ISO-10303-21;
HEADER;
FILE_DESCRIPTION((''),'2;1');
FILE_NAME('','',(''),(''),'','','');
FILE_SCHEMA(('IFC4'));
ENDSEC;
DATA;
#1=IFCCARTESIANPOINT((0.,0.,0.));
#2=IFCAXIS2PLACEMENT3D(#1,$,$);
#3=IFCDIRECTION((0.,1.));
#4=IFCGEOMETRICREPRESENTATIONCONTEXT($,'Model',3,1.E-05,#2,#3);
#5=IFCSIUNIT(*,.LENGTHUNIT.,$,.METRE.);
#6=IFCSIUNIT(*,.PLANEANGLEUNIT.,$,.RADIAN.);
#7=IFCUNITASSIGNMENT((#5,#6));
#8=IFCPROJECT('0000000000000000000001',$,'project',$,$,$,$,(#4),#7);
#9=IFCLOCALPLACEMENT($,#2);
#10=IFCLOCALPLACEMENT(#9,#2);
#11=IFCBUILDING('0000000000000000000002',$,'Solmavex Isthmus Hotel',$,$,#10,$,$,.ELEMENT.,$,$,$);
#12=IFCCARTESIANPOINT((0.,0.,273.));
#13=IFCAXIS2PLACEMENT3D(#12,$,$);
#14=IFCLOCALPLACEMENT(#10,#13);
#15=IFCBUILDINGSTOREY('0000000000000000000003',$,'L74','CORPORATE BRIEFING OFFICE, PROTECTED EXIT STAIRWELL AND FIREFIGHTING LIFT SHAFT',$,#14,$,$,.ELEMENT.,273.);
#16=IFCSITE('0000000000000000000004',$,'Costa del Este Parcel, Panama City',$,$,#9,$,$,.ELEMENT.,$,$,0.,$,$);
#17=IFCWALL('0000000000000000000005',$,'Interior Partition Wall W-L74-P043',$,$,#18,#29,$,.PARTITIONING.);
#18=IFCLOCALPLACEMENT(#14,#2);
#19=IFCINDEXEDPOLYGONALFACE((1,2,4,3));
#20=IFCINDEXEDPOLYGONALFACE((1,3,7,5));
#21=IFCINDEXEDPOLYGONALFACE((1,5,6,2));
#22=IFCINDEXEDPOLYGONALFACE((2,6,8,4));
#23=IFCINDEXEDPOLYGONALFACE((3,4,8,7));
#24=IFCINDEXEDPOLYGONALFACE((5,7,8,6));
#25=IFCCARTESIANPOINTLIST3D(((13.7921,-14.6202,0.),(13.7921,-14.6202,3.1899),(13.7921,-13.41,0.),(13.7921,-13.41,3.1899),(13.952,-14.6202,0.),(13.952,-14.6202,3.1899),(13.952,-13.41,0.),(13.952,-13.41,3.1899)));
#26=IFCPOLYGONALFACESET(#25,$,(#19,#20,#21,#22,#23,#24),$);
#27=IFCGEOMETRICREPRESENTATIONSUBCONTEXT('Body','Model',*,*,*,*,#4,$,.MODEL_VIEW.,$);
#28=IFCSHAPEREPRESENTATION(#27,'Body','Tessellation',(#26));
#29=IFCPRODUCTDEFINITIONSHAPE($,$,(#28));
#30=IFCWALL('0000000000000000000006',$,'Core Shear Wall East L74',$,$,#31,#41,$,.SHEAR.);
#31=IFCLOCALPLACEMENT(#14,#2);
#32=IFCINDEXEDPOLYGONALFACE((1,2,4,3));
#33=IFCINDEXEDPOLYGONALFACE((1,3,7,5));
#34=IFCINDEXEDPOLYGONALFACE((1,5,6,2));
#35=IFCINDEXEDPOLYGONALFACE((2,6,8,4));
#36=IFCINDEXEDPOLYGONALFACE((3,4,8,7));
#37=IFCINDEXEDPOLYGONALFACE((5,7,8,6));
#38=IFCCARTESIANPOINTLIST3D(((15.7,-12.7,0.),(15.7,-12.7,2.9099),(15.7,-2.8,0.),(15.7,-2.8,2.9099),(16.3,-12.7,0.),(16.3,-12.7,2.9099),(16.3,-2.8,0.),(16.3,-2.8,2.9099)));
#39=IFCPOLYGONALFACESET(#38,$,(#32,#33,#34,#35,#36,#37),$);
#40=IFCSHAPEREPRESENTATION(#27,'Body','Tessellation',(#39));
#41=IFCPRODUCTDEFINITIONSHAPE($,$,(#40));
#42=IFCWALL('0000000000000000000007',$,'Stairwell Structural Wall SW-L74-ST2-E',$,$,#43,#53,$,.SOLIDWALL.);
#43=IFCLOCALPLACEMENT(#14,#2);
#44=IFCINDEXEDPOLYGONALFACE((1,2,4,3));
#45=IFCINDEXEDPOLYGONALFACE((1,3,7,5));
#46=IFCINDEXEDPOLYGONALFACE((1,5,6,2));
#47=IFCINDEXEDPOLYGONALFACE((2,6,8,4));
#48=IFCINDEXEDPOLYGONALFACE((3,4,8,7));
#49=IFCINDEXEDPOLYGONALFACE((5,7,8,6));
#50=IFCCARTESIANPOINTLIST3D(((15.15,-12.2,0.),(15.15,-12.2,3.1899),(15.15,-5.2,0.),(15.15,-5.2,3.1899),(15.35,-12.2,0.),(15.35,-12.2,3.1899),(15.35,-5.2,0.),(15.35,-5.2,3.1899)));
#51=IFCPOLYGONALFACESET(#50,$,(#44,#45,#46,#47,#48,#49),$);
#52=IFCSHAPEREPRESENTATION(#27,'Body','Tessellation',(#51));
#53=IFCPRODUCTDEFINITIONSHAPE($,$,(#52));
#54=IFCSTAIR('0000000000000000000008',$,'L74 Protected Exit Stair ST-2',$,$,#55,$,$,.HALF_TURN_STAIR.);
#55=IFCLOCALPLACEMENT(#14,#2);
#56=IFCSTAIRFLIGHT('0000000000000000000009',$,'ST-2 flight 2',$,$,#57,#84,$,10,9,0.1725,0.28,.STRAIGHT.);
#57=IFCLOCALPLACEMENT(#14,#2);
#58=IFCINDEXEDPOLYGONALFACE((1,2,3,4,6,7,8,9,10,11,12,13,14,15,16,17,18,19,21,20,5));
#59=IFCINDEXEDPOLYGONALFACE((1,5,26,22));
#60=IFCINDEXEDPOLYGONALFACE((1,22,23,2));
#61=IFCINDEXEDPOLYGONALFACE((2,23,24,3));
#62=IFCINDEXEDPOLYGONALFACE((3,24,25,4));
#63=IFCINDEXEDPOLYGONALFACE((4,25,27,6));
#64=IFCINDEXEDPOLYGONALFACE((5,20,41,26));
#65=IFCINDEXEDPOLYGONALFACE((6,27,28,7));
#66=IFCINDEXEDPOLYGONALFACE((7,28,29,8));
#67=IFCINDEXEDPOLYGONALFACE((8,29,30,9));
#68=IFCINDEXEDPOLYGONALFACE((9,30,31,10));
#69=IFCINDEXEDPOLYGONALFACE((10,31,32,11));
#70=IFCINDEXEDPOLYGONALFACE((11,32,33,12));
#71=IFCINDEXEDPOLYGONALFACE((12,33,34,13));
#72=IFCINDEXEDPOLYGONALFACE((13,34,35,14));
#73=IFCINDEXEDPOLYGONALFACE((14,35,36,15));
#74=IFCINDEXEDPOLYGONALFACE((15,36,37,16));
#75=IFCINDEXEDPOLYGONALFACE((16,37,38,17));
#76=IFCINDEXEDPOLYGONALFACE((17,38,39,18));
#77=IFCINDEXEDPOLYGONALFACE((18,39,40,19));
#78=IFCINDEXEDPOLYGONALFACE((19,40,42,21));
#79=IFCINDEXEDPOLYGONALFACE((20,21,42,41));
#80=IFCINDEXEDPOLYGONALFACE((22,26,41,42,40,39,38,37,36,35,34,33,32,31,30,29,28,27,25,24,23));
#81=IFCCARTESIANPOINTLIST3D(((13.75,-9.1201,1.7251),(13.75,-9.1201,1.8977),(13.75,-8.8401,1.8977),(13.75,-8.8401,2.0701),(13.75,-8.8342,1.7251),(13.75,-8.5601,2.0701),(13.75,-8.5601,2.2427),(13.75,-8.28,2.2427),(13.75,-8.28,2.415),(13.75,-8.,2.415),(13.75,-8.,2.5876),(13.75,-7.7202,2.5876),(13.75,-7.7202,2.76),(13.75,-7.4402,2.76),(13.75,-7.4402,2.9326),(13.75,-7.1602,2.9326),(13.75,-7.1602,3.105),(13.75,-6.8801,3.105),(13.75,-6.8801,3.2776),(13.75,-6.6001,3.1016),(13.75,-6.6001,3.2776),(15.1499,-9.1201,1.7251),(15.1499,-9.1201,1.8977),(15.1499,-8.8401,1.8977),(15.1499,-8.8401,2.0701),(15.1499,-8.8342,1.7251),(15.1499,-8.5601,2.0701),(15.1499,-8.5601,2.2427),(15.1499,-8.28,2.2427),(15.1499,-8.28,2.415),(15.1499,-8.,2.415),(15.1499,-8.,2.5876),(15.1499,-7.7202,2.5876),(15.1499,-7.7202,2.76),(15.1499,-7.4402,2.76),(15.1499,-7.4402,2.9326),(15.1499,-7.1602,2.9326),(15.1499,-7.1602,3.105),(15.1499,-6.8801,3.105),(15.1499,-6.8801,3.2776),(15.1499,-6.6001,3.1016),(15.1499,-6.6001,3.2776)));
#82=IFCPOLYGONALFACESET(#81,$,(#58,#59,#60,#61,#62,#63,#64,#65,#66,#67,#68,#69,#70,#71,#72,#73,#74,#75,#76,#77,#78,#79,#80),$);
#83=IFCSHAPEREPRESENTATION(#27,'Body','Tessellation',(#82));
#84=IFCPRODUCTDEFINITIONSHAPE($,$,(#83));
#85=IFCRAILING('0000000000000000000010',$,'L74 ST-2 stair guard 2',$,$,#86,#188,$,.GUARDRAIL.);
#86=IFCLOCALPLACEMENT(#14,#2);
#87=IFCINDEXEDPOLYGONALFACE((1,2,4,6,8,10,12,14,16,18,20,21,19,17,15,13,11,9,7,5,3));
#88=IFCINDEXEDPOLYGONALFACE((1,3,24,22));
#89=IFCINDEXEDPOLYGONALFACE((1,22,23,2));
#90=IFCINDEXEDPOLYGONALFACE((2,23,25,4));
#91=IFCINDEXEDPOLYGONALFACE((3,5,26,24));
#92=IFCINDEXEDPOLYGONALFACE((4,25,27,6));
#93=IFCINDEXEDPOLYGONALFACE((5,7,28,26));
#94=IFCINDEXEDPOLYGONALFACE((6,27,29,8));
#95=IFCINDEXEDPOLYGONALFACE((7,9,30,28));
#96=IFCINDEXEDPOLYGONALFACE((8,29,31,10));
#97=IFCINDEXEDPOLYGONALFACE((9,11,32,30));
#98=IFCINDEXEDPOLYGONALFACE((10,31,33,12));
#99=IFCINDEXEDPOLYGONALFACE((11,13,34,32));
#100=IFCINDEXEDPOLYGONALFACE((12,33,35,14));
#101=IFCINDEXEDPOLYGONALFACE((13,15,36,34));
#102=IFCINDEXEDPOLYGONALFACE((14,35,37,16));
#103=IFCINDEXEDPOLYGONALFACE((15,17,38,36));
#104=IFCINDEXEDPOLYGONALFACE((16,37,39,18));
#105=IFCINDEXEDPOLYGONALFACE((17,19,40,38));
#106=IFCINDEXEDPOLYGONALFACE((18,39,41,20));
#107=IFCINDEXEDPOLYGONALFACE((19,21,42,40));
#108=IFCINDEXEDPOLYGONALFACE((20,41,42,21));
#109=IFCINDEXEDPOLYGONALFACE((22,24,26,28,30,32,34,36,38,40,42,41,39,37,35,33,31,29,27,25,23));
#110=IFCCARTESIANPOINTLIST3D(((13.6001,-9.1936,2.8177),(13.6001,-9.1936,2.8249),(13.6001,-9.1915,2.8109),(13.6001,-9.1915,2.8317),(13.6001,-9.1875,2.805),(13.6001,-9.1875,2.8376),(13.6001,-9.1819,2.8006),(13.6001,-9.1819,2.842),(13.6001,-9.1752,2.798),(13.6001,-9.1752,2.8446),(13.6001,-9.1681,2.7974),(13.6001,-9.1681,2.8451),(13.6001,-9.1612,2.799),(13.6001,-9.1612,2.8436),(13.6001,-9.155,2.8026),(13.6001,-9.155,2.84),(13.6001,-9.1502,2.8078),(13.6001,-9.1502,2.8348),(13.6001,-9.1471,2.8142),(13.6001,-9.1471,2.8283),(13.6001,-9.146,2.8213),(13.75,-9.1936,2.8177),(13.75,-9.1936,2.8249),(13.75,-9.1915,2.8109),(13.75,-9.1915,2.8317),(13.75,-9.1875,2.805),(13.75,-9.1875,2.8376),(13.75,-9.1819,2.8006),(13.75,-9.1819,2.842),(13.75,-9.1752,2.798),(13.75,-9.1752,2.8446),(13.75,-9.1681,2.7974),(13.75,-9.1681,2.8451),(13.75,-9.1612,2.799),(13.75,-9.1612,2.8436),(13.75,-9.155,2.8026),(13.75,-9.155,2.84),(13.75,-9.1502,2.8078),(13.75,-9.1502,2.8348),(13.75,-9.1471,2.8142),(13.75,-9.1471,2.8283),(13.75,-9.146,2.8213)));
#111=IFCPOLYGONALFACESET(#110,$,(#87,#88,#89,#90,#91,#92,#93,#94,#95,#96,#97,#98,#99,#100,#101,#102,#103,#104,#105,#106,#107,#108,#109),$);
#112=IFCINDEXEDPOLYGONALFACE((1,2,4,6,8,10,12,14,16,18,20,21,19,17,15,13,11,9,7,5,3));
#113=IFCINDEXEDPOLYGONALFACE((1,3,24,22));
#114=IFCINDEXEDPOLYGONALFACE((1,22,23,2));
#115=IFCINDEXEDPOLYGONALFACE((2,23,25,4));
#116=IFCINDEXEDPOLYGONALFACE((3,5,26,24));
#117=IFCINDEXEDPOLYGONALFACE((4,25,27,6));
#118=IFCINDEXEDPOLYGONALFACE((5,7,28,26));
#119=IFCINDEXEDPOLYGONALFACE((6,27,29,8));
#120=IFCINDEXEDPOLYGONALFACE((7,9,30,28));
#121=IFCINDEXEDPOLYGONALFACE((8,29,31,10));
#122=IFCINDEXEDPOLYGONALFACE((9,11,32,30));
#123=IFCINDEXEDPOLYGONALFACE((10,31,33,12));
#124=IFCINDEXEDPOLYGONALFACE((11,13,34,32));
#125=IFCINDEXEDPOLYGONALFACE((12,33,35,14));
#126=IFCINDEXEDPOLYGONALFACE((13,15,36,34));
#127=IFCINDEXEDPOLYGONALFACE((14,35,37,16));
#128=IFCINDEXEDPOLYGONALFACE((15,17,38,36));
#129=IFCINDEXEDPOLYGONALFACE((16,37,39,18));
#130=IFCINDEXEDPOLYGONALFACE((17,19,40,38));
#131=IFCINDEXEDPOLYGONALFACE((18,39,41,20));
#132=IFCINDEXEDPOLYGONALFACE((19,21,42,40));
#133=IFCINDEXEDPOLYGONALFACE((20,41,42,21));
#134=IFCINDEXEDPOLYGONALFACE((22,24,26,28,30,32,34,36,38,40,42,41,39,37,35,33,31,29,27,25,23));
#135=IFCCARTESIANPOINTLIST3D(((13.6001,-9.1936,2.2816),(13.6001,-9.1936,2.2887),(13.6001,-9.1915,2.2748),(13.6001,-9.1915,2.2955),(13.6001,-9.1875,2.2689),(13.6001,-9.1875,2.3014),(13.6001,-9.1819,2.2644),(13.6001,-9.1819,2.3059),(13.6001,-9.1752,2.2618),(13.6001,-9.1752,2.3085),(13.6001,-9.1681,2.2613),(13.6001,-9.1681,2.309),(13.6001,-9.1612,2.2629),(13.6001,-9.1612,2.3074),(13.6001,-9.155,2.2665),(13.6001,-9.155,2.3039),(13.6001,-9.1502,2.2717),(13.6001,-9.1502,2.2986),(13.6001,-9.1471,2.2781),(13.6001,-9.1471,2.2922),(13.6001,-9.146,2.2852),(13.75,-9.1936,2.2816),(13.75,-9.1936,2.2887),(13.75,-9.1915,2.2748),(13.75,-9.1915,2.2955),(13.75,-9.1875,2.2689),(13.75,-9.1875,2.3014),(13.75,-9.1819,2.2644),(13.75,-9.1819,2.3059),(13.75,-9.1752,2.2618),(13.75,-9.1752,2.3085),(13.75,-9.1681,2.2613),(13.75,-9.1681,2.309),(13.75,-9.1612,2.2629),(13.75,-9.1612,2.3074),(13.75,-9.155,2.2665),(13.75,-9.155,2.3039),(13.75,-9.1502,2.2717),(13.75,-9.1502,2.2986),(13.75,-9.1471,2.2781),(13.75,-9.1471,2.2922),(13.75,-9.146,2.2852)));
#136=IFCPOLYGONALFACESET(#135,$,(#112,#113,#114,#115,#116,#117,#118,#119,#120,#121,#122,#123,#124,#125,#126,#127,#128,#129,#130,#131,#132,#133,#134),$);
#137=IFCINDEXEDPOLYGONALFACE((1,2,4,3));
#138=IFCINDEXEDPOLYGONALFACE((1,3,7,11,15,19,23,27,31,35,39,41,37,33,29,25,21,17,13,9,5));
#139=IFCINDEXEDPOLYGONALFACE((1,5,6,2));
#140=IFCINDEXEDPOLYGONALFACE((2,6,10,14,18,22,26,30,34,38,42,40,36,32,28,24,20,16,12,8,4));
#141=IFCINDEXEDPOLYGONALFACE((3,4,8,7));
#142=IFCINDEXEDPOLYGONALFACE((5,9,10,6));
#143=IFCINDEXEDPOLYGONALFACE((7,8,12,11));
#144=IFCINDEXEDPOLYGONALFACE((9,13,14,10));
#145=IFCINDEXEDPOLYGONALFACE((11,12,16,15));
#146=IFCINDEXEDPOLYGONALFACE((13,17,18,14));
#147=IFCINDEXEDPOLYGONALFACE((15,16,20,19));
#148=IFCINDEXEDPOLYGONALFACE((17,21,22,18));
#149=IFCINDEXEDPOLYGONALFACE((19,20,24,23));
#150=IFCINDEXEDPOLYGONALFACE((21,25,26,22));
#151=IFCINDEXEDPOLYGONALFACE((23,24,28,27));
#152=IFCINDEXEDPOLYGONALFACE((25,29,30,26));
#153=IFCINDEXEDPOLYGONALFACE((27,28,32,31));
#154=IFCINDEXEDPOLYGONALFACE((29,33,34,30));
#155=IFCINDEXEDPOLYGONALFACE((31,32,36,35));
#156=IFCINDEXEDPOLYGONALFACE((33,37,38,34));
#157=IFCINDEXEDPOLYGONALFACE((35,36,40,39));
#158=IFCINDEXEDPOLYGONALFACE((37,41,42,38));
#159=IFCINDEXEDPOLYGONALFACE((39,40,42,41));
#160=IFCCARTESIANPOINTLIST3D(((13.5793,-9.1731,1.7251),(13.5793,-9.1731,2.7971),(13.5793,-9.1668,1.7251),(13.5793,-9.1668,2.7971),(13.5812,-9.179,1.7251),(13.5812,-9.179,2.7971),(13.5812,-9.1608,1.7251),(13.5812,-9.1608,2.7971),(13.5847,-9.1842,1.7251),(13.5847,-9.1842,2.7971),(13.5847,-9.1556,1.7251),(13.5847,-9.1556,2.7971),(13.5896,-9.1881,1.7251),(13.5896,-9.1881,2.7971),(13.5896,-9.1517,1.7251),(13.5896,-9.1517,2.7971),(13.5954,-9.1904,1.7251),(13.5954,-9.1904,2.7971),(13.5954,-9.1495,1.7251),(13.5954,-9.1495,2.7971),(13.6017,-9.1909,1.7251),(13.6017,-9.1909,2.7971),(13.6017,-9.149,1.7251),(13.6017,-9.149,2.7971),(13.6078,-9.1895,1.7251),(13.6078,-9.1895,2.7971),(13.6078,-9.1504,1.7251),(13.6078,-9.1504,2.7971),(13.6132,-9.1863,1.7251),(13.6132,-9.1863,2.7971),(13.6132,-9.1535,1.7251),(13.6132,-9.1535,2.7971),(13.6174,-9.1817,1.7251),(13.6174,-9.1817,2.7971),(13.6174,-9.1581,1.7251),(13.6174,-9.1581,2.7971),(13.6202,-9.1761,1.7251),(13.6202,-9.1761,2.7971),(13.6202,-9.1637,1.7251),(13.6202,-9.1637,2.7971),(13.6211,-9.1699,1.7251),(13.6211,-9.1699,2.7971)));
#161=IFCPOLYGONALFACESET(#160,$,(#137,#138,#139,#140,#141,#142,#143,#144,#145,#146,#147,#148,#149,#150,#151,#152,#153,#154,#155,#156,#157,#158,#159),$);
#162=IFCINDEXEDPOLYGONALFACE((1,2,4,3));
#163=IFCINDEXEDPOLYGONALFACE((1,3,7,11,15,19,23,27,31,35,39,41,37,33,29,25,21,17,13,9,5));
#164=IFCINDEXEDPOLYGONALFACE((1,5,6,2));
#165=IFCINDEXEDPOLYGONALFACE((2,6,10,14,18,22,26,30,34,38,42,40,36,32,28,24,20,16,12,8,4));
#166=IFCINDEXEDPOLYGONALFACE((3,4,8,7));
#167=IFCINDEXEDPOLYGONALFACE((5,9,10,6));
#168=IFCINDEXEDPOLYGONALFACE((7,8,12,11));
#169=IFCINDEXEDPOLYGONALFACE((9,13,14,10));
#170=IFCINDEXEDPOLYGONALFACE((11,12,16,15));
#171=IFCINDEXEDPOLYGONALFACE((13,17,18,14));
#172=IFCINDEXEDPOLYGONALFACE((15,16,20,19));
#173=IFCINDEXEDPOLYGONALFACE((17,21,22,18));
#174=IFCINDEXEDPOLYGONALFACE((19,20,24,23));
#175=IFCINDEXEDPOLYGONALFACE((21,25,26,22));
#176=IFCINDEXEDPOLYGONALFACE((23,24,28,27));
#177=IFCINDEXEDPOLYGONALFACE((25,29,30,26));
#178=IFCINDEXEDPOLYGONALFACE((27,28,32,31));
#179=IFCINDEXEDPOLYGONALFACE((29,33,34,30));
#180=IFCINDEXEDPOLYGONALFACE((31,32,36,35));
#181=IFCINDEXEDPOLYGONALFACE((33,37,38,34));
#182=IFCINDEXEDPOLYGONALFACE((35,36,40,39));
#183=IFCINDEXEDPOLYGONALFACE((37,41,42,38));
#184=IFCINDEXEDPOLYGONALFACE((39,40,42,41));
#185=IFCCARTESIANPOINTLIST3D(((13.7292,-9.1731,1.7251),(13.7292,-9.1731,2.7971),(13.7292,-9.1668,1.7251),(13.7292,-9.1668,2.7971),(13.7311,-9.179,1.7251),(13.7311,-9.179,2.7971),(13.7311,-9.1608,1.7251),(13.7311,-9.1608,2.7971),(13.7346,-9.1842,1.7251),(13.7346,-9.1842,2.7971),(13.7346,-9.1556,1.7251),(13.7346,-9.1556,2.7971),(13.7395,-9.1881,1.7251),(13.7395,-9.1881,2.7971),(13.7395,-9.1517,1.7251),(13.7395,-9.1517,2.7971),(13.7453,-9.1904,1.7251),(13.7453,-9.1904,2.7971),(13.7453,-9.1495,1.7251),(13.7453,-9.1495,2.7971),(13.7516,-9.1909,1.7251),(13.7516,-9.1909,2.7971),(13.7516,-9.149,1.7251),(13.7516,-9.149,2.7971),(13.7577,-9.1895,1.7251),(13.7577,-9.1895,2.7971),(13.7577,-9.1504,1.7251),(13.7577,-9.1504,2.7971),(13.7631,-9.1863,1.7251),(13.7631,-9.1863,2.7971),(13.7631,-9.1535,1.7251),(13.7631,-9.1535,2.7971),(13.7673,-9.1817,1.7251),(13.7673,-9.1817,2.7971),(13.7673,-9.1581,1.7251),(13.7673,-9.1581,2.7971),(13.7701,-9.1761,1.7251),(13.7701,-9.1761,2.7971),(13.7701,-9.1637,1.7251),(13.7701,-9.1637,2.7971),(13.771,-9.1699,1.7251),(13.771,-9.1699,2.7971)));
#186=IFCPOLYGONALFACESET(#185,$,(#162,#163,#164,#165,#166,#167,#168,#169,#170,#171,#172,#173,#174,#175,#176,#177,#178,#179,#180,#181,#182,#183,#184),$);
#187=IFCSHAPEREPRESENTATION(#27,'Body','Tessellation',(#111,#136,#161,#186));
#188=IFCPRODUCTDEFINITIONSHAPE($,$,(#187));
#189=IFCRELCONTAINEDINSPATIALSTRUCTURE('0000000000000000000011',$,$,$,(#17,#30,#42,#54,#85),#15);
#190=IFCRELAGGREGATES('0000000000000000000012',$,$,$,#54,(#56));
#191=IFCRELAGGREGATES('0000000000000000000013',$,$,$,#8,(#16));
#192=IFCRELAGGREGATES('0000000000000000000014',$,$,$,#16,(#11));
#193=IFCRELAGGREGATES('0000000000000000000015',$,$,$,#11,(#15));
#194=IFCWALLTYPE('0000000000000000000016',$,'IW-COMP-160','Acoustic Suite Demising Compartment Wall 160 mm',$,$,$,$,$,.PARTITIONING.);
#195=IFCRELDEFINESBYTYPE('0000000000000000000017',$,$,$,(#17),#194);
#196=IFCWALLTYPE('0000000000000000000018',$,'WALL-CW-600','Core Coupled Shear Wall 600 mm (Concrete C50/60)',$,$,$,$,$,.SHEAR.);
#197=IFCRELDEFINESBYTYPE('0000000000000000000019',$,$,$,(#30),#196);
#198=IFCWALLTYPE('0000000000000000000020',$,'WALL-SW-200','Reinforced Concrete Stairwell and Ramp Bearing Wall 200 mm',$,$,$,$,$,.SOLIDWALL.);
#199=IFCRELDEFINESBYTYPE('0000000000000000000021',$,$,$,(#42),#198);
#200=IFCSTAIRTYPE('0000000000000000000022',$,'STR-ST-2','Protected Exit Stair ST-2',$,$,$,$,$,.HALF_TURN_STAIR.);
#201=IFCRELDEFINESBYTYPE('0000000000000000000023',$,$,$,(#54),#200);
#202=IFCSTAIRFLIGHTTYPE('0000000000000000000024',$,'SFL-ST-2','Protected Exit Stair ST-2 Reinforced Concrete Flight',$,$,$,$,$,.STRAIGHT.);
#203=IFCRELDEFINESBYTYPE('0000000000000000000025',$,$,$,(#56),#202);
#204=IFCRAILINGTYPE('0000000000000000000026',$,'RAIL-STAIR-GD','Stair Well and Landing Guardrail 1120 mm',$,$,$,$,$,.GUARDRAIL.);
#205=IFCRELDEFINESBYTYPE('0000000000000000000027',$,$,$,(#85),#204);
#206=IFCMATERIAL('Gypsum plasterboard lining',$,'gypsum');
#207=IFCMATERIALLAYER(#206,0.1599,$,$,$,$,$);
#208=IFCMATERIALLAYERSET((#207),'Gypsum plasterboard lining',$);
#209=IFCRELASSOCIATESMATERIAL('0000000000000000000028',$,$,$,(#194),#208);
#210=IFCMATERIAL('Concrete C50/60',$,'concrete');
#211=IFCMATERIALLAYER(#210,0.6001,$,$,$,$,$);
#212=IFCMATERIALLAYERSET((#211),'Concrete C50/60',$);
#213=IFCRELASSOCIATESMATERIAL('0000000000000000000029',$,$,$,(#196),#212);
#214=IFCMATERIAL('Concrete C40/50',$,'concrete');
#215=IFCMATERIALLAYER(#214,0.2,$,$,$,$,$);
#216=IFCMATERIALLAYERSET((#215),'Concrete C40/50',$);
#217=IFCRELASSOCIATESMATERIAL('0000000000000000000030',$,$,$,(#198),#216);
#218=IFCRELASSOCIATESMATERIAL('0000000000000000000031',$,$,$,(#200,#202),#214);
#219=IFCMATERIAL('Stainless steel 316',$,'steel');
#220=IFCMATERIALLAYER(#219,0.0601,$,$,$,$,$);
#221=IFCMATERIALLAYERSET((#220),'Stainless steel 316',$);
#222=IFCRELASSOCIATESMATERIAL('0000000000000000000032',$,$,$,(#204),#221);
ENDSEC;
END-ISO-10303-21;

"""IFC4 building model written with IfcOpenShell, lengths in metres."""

from ifc_helpers import new_model, si_unit, direction, frame, frame_2d, origin, origin_2d, place, context, subcontext, project, spatial, polyline, rectangle, circle, outline, extrude, material, layer, layer_set, type_object, element, aggregate, save


model = new_model("IFC4")

# Units and contexts
model_context = context("Model", 3, precision=1e-05, world=origin(), true_north=direction((0.0, 1.0)))
body_context = subcontext(model_context, "Body", "Model", "MODEL_VIEW")
ifc_project = project(units=[si_unit("LENGTHUNIT", "METRE"), si_unit("PLANEANGLEUNIT", "RADIAN")], contexts=[model_context])

# Site, building, storey
site_placement = place(None, origin())
site = spatial("IfcSite", under=ifc_project, at=site_placement, Name="Costa del Este Parcel, Panama City", CompositionType="ELEMENT", RefElevation=0.0)
building_placement = place(site_placement, origin())
building = spatial("IfcBuilding", under=site, at=building_placement, Name="Solmavex Isthmus Hotel", CompositionType="ELEMENT")
storey_placement = place(building_placement, frame((0.0, 0.0, 273.0)))
storey = spatial("IfcBuildingStorey", under=building, at=storey_placement, Name="L74", Description="CORPORATE BRIEFING OFFICE, PROTECTED EXIT STAIRWELL AND FIREFIGHTING LIFT SHAFT", CompositionType="ELEMENT", Elevation=273.0)

# Shared definitions
ifc_material_1 = material(Name="Concrete C50/60", Category="concrete")

# Walls
ifc_material_2 = material(Name="Gypsum plasterboard lining", Category="gypsum")
ifc_layer_1 = layer(ifc_material_2, 0.1599)
ifc_layer_set_1 = layer_set([ifc_layer_1], Name="Gypsum plasterboard lining")
wall_type_1 = type_object("IfcWallType", Name="IW-COMP-160", Description="Acoustic Suite Demising Compartment Wall 160 mm", PredefinedType="PARTITIONING", material=ifc_layer_set_1)
wall_1_placement = place(storey_placement, frame((13.8721, -14.6201, 0.0), z_axis=(0.0, 0.0, 1.0), x_axis=(0.0, 1.0, 0.0)))
element("IfcWall", 1, at=wall_1_placement, inside=storey, type_object=wall_type_1, Name="Interior Partition Wall W-L74-P043", PredefinedType="PARTITIONING", context=body_context, shape_type="SweptSolid", body=[
    extrude(rectangle(XDim=1.2102, YDim=0.1599, at=frame_2d((0.605, 0.0))), origin(), (0.0, 0.0, 1.0), 3.1899),
])
ifc_layer_2 = layer(ifc_material_1, 0.6001)
ifc_layer_set_2 = layer_set([ifc_layer_2], Name="Concrete C50/60")
wall_type_2 = type_object("IfcWallType", Name="WALL-CW-600", Description="Core Coupled Shear Wall 600 mm (Concrete C50/60)", PredefinedType="SHEAR", material=ifc_layer_set_2)
wall_2_placement = place(storey_placement, frame((16.0, -12.7, 0.0), z_axis=(0.0, 0.0, 1.0), x_axis=(0.0, 1.0, 0.0)))
element("IfcWall", 2, at=wall_2_placement, inside=storey, type_object=wall_type_2, Name="Core Shear Wall East L74", PredefinedType="SHEAR", context=body_context, shape_type="SweptSolid", body=[
    extrude(rectangle(XDim=9.8999, YDim=0.6001, at=frame_2d((4.95, 0.0))), origin(), (0.0, 0.0, 1.0), 2.9099),
])
ifc_material_3 = material(Name="Concrete C40/50", Category="concrete")
ifc_layer_3 = layer(ifc_material_3, 0.2)
ifc_layer_set_3 = layer_set([ifc_layer_3], Name="Concrete C40/50")
wall_type_3 = type_object("IfcWallType", Name="WALL-SW-200", Description="Reinforced Concrete Stairwell and Ramp Bearing Wall 200 mm", PredefinedType="SOLIDWALL", material=ifc_layer_set_3)
wall_3_placement = place(storey_placement, frame((15.25, -12.2, 0.0), z_axis=(0.0, 0.0, 1.0), x_axis=(0.0, 1.0, 0.0)))
element("IfcWall", 3, at=wall_3_placement, inside=storey, type_object=wall_type_3, Name="Stairwell Structural Wall SW-L74-ST2-E", PredefinedType="SOLIDWALL", context=body_context, shape_type="SweptSolid", body=[
    extrude(rectangle(XDim=7.0, YDim=0.2, at=frame_2d((3.5, 0.0))), origin(), (0.0, 0.0, 1.0), 3.1899),
])

# Stair, stair flight
stair_type = type_object("IfcStairType", Name="STR-ST-2", Description="Protected Exit Stair ST-2", PredefinedType="HALF_TURN_STAIR", material=ifc_material_3)
stair_placement = place(storey_placement, origin())
stair = element("IfcStair", 4, at=stair_placement, inside=storey, type_object=stair_type, Name="L74 Protected Exit Stair ST-2", PredefinedType="HALF_TURN_STAIR")
stair_flight_type = type_object("IfcStairFlightType", Name="SFL-ST-2", Description="Protected Exit Stair ST-2 Reinforced Concrete Flight", PredefinedType="STRAIGHT", material=ifc_material_3)
stair_flight_placement = place(storey_placement, frame((14.45, -9.1201, 1.7251), z_axis=(0.0, 0.0, 1.0), x_axis=(0.0, 1.0, 0.0)))
stair_flight = element("IfcStairFlight", 5, at=stair_flight_placement, type_object=stair_flight_type, Name="ST-2 flight 2", NumberOfRisers=10, NumberOfTreads=9, PredefinedType="STRAIGHT", RiserHeight=0.1725, TreadLength=0.28, context=body_context, shape_type="SweptSolid", body=[
    extrude(outline(polyline([(0.0, 0.0), (0.0, 0.1726), (0.28, 0.1726), (0.28, 0.345), (0.5601, 0.345), (0.5601, 0.5176), (0.8401, 0.5176), (0.8401, 0.6899), (1.1201, 0.6899), (1.1201, 0.8625), (1.3999, 0.8625), (1.3999, 1.0349), (1.6799, 1.0349), (1.6799, 1.2075), (1.96, 1.2075), (1.96, 1.3799), (2.24, 1.3799), (2.24, 1.5525), (2.52, 1.5525), (2.52, 1.7251), (2.52, 1.3765), (0.2859, 0.0), (0.0, 0.0)])), frame((0.0, 0.7, 0.0), z_axis=(0.0, -1.0, 0.0), x_axis=(1.0, 0.0, 0.0)), (0.0, 0.0, 1.0), 1.3999),
])
aggregate(stair, [stair_flight])

# Railing
ifc_material_4 = material(Name="Stainless steel 316", Category="steel")
ifc_layer_4 = layer(ifc_material_4, 0.0601)
ifc_layer_set_4 = layer_set([ifc_layer_4], Name="Stainless steel 316")
railing_type_1 = type_object("IfcRailingType", Name="RAIL-STAIR-GD", Description="Stair Well and Landing Guardrail 1120 mm", PredefinedType="GUARDRAIL", material=ifc_layer_set_4)
railing_1_placement = place(storey_placement, frame((13.6001, -9.1699, 1.7251)))
element("IfcRailing", 6, at=railing_1_placement, inside=storey, type_object=railing_type_1, Name="L74 ST-2 stair guard 2", PredefinedType="GUARDRAIL", context=body_context, shape_type="SweptSolid", body=[
    extrude(circle(Radius=0.0239, at=origin_2d()), frame((0.0, 0.0, 1.0962), z_axis=(1.0, 0.0, 0.0), x_axis=(0.0, 1.0, 0.0)), (0.0, 0.0, 1.0), 0.1499),
    extrude(circle(Radius=0.0239, at=origin_2d()), frame((0.0, 0.0, 0.5601), z_axis=(1.0, 0.0, 0.0), x_axis=(0.0, 1.0, 0.0)), (0.0, 0.0, 1.0), 0.1499),
    extrude(circle(Radius=0.021, at=origin_2d()), origin(), (0.0, 0.0, 1.0), 1.072),
    extrude(circle(Radius=0.021, at=origin_2d()), frame((0.1499, 0.0, 0.0)), (0.0, 0.0, 1.0), 1.072),
])

save(model, "model.ifc")
